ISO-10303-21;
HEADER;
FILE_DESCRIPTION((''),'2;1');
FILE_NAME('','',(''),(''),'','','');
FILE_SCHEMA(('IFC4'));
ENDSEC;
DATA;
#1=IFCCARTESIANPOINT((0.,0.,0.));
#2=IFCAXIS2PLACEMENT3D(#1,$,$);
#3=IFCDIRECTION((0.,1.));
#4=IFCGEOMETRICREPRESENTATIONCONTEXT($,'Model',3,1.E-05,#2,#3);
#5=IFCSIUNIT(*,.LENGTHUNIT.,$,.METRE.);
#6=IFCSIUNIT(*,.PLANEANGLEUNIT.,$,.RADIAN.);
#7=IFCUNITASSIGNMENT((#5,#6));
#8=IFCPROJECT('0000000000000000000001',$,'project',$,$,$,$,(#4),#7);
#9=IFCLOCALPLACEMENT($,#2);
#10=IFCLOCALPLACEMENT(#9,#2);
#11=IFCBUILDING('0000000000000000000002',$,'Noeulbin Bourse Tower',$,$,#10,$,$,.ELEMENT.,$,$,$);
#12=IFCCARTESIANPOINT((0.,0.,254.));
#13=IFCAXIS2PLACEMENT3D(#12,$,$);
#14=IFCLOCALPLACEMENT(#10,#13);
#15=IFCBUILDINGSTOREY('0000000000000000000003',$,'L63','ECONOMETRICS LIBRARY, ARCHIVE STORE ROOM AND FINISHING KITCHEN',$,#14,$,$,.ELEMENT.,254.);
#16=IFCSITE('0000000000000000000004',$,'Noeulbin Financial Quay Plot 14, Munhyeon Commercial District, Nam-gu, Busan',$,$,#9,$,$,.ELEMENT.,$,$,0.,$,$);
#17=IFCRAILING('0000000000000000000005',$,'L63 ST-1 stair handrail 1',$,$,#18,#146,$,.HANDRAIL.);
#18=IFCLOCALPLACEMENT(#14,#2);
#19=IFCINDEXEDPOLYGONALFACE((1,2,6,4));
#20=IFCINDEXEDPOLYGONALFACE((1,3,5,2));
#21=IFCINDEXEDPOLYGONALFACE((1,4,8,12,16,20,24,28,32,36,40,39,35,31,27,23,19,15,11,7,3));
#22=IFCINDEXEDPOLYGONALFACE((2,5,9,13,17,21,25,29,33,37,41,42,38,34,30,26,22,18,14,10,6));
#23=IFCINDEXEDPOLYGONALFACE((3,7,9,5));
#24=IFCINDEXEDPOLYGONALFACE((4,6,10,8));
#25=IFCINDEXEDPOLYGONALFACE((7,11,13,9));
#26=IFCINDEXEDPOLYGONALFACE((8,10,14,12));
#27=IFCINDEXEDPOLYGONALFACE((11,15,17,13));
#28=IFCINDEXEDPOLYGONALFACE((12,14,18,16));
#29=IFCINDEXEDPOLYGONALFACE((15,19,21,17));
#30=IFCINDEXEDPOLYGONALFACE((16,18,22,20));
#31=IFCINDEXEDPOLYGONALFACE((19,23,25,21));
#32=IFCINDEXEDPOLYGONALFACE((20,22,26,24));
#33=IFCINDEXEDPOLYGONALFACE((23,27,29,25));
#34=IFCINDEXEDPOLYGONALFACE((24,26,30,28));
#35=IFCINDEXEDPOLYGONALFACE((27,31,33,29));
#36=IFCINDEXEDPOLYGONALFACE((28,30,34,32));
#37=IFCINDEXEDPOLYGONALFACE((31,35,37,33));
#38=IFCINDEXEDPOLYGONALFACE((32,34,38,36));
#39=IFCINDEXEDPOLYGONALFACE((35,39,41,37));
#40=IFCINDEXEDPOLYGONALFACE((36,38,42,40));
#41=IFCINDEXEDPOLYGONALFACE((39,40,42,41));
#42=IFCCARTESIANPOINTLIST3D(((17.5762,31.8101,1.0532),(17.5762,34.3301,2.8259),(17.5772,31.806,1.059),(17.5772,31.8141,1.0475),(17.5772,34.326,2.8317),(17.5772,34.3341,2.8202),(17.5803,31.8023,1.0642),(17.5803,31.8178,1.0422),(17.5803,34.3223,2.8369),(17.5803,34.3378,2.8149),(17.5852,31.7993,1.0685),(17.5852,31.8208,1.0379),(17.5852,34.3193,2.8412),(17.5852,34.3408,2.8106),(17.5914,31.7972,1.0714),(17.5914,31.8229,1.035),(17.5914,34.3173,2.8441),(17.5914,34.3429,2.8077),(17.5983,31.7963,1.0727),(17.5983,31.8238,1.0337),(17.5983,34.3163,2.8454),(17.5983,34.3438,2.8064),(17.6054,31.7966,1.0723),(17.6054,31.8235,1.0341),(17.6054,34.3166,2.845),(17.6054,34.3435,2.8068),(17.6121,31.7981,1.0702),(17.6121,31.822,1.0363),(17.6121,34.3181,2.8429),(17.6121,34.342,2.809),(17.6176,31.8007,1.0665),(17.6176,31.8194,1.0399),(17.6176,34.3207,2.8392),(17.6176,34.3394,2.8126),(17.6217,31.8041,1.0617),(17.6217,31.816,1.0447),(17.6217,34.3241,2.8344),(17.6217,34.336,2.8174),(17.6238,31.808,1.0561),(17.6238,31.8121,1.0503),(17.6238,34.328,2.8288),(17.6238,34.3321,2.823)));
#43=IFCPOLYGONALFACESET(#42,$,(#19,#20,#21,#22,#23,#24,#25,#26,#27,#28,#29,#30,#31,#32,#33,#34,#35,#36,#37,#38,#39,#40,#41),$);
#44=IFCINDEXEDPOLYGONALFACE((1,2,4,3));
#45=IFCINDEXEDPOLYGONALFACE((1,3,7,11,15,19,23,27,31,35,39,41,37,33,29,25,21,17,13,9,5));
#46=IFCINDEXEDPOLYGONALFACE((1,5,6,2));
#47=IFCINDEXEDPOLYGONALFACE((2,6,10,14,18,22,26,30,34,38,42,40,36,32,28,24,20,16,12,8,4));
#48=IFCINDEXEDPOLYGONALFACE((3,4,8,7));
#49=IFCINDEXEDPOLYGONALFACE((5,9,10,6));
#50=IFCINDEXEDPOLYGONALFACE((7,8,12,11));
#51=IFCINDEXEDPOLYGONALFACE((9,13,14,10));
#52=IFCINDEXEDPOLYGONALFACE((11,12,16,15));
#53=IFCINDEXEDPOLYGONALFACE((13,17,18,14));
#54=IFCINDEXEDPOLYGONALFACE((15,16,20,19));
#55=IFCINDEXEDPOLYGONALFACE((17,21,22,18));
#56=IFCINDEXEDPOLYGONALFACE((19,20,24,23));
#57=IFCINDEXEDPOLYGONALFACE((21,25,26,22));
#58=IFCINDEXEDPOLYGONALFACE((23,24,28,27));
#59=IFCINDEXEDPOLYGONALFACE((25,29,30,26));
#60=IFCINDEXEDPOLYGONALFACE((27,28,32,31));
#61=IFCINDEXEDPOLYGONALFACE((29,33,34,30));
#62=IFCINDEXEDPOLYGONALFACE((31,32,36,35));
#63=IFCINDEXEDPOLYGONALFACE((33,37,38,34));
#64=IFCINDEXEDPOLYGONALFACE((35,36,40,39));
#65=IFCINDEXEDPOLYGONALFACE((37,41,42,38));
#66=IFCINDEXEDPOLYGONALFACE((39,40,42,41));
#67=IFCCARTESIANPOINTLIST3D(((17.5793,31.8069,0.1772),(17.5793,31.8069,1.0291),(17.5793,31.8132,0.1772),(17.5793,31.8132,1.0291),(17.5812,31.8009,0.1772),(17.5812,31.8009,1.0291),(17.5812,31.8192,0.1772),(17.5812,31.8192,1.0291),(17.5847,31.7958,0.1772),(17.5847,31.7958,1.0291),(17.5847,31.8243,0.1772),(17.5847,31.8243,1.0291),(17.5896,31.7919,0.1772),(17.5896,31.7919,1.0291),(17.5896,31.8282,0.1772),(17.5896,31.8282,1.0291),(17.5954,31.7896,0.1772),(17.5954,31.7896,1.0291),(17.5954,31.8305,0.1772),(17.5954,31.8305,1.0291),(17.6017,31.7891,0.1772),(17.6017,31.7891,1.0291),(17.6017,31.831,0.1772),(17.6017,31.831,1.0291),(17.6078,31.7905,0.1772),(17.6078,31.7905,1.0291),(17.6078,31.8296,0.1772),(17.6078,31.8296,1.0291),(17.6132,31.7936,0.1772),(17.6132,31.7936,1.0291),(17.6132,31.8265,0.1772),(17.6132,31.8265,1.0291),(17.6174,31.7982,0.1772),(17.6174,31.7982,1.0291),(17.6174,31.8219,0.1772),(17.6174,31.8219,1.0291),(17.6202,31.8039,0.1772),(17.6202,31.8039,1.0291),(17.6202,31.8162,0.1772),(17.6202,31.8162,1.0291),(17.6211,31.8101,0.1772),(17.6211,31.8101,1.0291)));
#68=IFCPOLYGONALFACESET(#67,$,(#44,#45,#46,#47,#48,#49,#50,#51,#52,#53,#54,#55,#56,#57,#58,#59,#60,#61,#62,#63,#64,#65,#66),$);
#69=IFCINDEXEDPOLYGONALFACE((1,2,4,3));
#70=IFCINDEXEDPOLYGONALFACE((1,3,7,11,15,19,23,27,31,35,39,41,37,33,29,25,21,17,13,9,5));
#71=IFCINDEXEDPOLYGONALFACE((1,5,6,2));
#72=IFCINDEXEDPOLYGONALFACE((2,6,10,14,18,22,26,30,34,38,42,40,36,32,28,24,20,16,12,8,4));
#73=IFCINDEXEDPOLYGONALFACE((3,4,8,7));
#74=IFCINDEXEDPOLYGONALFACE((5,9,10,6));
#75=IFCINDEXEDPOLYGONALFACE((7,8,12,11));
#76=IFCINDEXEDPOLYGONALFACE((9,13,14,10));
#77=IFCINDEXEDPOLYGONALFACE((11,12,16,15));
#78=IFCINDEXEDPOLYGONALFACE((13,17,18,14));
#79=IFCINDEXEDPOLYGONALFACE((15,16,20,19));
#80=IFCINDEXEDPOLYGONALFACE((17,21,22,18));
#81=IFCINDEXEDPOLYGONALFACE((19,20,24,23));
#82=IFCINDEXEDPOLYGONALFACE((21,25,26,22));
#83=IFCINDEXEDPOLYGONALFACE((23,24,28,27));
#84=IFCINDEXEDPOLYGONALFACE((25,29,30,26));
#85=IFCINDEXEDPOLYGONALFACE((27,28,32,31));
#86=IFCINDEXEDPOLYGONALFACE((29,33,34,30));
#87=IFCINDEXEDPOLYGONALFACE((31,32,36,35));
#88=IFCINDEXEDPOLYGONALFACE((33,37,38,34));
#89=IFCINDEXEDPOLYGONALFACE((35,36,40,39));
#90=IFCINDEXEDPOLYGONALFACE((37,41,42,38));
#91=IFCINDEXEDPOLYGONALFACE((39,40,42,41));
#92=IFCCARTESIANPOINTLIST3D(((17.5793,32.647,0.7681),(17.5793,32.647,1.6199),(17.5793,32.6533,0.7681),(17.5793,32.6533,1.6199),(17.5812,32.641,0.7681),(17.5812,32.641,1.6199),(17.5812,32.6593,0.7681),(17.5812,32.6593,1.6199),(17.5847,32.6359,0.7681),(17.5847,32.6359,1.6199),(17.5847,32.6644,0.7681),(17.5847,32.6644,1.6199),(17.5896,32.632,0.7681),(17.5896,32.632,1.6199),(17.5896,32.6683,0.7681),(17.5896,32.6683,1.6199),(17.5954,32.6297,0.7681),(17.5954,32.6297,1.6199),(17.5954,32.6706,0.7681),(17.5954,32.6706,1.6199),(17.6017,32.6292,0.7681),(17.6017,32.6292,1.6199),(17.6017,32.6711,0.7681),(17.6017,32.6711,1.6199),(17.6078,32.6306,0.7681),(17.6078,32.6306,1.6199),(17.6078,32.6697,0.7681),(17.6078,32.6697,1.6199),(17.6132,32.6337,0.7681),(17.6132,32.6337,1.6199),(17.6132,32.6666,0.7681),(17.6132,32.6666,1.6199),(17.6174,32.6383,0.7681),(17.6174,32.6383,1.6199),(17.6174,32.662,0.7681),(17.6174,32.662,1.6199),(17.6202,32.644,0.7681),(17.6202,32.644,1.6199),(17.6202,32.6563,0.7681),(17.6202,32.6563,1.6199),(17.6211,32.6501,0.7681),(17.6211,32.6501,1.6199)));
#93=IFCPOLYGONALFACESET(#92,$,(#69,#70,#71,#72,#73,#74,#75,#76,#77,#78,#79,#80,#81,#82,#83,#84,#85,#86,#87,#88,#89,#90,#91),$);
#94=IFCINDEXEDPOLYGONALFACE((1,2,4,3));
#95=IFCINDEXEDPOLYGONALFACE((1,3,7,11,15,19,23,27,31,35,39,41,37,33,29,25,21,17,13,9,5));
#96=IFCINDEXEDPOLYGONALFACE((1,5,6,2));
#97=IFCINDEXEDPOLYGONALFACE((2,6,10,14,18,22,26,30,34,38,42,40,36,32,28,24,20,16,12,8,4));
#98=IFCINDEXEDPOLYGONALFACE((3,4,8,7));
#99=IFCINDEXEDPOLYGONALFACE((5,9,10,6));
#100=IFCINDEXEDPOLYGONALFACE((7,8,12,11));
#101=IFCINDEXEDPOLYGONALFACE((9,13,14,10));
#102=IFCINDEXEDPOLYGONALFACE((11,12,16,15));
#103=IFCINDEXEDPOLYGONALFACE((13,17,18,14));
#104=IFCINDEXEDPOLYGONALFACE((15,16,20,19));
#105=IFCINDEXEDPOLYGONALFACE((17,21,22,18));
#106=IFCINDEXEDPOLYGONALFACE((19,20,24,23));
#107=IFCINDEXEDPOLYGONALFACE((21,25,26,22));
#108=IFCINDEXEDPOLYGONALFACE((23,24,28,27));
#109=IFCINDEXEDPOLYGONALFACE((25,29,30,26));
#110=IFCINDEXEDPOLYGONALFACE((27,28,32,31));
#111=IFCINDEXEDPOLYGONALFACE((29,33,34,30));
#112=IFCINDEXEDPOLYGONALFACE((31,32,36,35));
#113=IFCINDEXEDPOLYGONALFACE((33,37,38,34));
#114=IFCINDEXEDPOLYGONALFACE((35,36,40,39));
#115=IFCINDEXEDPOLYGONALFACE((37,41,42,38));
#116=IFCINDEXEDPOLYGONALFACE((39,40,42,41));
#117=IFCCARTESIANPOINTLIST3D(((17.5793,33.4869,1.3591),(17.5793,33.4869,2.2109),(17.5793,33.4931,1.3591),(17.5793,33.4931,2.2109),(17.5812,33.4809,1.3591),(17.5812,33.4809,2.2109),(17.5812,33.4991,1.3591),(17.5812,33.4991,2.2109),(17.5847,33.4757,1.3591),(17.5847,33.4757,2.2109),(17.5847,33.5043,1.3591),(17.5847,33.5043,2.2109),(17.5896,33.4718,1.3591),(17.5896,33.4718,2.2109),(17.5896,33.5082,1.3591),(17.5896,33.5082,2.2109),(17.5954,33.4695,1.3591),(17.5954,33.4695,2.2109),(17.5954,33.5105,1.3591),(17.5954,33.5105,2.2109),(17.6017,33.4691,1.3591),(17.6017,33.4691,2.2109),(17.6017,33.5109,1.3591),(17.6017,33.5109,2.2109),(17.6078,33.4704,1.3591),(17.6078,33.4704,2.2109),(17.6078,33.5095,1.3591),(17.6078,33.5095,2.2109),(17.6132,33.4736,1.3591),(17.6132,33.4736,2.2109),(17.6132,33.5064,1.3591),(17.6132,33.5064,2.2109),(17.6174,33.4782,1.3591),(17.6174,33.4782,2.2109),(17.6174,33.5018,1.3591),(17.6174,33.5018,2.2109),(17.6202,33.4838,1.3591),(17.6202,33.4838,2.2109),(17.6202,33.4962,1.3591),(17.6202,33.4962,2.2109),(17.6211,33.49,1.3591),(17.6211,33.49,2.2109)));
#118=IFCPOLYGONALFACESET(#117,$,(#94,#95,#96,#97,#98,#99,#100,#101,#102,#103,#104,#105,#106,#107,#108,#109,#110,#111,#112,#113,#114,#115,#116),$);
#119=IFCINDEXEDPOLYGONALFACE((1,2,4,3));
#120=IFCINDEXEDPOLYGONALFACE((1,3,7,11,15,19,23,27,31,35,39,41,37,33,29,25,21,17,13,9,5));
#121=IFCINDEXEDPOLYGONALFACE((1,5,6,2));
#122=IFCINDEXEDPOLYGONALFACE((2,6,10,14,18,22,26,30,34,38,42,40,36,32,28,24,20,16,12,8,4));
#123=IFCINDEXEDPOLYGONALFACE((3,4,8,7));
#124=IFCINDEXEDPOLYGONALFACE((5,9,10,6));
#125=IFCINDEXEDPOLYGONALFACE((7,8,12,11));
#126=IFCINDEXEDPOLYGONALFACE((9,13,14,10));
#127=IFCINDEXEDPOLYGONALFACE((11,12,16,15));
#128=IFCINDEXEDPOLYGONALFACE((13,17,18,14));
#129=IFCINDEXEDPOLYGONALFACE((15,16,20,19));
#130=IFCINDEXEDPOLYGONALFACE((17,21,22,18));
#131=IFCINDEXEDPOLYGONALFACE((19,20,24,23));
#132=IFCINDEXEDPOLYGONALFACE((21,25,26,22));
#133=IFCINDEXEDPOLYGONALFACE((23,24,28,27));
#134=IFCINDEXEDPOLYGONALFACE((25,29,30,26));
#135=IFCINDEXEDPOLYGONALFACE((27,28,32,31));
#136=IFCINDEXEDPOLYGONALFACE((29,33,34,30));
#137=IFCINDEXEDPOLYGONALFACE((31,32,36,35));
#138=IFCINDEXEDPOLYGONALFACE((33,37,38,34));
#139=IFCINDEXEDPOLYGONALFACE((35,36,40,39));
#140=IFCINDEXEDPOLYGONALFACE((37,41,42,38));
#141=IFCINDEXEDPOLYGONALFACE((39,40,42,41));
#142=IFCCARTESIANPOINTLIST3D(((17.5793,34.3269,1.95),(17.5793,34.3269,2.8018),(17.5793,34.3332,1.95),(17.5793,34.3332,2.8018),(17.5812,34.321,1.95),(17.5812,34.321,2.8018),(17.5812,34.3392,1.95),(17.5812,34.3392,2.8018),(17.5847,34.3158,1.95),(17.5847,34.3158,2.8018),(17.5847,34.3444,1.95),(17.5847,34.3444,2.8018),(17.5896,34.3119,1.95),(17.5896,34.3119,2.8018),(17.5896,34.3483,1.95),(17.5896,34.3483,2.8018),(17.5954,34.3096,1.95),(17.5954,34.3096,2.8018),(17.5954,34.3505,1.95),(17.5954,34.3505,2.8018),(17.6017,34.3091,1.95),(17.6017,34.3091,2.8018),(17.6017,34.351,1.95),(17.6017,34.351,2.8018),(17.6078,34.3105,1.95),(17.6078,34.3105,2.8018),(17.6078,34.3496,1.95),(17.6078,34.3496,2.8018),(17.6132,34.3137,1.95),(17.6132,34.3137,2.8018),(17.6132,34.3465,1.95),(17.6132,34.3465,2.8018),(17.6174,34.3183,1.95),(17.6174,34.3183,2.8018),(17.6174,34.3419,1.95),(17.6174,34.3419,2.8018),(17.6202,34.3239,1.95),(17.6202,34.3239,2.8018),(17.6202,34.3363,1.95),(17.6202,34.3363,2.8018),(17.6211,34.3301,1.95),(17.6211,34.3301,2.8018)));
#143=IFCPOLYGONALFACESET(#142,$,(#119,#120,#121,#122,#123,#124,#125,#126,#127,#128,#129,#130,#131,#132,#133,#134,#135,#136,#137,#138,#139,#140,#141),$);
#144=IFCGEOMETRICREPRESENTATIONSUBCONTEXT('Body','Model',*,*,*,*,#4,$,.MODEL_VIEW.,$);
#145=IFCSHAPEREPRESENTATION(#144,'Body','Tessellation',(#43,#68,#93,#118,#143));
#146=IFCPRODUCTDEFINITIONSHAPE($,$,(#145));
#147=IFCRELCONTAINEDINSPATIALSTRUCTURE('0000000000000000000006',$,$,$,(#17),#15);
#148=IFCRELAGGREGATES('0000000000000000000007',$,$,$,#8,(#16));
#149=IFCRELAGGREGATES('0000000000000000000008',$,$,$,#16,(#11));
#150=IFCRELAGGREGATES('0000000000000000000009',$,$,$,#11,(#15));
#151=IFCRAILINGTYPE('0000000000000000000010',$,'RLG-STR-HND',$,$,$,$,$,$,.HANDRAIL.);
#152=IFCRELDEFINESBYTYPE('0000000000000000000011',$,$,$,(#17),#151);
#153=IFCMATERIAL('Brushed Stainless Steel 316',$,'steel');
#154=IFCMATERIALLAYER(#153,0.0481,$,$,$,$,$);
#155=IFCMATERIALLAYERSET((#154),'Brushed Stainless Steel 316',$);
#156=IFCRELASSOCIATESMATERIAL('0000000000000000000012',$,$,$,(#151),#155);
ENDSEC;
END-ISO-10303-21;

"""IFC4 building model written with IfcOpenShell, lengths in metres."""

from ifc_helpers import new_model, si_unit, direction, frame, origin, origin_2d, place, context, subcontext, project, spatial, circle, extrude, material, layer, layer_set, type_object, element, save


model = new_model("IFC4")

# Units and contexts
model_context = context("Model", 3, precision=1e-05, world=origin(), true_north=direction((0.0, 1.0)))
body_context = subcontext(model_context, "Body", "Model", "MODEL_VIEW")
ifc_project = project(units=[si_unit("LENGTHUNIT", "METRE"), si_unit("PLANEANGLEUNIT", "RADIAN")], contexts=[model_context])

# Site, building, storey
site_placement = place(None, origin())
site = spatial("IfcSite", under=ifc_project, at=site_placement, Name="Noeulbin Financial Quay Plot 14, Munhyeon Commercial District, Nam-gu, Busan", CompositionType="ELEMENT", RefElevation=0.0)
building_placement = place(site_placement, origin())
building = spatial("IfcBuilding", under=site, at=building_placement, Name="Noeulbin Bourse Tower", CompositionType="ELEMENT")
storey_placement = place(building_placement, frame((0.0, 0.0, 254.0)))
storey = spatial("IfcBuildingStorey", under=building, at=storey_placement, Name="L63", Description="ECONOMETRICS LIBRARY, ARCHIVE STORE ROOM AND FINISHING KITCHEN", CompositionType="ELEMENT", Elevation=254.0)

# Railing
ifc_material_1 = material(Name="Brushed Stainless Steel 316", Category="steel")
ifc_layer_1 = layer(ifc_material_1, 0.0481)
ifc_layer_set_1 = layer_set([ifc_layer_1], Name="Brushed Stainless Steel 316")
railing_type_1 = type_object("IfcRailingType", Name="RLG-STR-HND", PredefinedType="HANDRAIL", material=ifc_layer_set_1)
railing_1_placement = place(storey_placement, frame((17.6001, 31.8101, 0.1772)))
element("IfcRailing", 1, at=railing_1_placement, inside=storey, type_object=railing_type_1, Name="L63 ST-1 stair handrail 1", PredefinedType="HANDRAIL", context=body_context, shape_type="SweptSolid", body=[
    extrude(circle(Radius=0.0239, at=origin_2d()), frame((0.0, 0.0, 0.876), z_axis=(0.0, 0.817904, 0.575354), x_axis=(-1.0, 0.0, 0.0)), (0.0, 0.0, 1.0), 3.0811),
    extrude(circle(Radius=0.021, at=origin_2d()), origin(), (0.0, 0.0, 1.0), 0.8518),
    extrude(circle(Radius=0.021, at=origin_2d()), frame((0.0, 0.8401, 0.5908)), (0.0, 0.0, 1.0), 0.8518),
    extrude(circle(Radius=0.021, at=origin_2d()), frame((0.0, 1.6799, 1.1819)), (0.0, 0.0, 1.0), 0.8518),
    extrude(circle(Radius=0.021, at=origin_2d()), frame((0.0, 2.52, 1.7727)), (0.0, 0.0, 1.0), 0.8518),
])

save(model, "model.ifc")
